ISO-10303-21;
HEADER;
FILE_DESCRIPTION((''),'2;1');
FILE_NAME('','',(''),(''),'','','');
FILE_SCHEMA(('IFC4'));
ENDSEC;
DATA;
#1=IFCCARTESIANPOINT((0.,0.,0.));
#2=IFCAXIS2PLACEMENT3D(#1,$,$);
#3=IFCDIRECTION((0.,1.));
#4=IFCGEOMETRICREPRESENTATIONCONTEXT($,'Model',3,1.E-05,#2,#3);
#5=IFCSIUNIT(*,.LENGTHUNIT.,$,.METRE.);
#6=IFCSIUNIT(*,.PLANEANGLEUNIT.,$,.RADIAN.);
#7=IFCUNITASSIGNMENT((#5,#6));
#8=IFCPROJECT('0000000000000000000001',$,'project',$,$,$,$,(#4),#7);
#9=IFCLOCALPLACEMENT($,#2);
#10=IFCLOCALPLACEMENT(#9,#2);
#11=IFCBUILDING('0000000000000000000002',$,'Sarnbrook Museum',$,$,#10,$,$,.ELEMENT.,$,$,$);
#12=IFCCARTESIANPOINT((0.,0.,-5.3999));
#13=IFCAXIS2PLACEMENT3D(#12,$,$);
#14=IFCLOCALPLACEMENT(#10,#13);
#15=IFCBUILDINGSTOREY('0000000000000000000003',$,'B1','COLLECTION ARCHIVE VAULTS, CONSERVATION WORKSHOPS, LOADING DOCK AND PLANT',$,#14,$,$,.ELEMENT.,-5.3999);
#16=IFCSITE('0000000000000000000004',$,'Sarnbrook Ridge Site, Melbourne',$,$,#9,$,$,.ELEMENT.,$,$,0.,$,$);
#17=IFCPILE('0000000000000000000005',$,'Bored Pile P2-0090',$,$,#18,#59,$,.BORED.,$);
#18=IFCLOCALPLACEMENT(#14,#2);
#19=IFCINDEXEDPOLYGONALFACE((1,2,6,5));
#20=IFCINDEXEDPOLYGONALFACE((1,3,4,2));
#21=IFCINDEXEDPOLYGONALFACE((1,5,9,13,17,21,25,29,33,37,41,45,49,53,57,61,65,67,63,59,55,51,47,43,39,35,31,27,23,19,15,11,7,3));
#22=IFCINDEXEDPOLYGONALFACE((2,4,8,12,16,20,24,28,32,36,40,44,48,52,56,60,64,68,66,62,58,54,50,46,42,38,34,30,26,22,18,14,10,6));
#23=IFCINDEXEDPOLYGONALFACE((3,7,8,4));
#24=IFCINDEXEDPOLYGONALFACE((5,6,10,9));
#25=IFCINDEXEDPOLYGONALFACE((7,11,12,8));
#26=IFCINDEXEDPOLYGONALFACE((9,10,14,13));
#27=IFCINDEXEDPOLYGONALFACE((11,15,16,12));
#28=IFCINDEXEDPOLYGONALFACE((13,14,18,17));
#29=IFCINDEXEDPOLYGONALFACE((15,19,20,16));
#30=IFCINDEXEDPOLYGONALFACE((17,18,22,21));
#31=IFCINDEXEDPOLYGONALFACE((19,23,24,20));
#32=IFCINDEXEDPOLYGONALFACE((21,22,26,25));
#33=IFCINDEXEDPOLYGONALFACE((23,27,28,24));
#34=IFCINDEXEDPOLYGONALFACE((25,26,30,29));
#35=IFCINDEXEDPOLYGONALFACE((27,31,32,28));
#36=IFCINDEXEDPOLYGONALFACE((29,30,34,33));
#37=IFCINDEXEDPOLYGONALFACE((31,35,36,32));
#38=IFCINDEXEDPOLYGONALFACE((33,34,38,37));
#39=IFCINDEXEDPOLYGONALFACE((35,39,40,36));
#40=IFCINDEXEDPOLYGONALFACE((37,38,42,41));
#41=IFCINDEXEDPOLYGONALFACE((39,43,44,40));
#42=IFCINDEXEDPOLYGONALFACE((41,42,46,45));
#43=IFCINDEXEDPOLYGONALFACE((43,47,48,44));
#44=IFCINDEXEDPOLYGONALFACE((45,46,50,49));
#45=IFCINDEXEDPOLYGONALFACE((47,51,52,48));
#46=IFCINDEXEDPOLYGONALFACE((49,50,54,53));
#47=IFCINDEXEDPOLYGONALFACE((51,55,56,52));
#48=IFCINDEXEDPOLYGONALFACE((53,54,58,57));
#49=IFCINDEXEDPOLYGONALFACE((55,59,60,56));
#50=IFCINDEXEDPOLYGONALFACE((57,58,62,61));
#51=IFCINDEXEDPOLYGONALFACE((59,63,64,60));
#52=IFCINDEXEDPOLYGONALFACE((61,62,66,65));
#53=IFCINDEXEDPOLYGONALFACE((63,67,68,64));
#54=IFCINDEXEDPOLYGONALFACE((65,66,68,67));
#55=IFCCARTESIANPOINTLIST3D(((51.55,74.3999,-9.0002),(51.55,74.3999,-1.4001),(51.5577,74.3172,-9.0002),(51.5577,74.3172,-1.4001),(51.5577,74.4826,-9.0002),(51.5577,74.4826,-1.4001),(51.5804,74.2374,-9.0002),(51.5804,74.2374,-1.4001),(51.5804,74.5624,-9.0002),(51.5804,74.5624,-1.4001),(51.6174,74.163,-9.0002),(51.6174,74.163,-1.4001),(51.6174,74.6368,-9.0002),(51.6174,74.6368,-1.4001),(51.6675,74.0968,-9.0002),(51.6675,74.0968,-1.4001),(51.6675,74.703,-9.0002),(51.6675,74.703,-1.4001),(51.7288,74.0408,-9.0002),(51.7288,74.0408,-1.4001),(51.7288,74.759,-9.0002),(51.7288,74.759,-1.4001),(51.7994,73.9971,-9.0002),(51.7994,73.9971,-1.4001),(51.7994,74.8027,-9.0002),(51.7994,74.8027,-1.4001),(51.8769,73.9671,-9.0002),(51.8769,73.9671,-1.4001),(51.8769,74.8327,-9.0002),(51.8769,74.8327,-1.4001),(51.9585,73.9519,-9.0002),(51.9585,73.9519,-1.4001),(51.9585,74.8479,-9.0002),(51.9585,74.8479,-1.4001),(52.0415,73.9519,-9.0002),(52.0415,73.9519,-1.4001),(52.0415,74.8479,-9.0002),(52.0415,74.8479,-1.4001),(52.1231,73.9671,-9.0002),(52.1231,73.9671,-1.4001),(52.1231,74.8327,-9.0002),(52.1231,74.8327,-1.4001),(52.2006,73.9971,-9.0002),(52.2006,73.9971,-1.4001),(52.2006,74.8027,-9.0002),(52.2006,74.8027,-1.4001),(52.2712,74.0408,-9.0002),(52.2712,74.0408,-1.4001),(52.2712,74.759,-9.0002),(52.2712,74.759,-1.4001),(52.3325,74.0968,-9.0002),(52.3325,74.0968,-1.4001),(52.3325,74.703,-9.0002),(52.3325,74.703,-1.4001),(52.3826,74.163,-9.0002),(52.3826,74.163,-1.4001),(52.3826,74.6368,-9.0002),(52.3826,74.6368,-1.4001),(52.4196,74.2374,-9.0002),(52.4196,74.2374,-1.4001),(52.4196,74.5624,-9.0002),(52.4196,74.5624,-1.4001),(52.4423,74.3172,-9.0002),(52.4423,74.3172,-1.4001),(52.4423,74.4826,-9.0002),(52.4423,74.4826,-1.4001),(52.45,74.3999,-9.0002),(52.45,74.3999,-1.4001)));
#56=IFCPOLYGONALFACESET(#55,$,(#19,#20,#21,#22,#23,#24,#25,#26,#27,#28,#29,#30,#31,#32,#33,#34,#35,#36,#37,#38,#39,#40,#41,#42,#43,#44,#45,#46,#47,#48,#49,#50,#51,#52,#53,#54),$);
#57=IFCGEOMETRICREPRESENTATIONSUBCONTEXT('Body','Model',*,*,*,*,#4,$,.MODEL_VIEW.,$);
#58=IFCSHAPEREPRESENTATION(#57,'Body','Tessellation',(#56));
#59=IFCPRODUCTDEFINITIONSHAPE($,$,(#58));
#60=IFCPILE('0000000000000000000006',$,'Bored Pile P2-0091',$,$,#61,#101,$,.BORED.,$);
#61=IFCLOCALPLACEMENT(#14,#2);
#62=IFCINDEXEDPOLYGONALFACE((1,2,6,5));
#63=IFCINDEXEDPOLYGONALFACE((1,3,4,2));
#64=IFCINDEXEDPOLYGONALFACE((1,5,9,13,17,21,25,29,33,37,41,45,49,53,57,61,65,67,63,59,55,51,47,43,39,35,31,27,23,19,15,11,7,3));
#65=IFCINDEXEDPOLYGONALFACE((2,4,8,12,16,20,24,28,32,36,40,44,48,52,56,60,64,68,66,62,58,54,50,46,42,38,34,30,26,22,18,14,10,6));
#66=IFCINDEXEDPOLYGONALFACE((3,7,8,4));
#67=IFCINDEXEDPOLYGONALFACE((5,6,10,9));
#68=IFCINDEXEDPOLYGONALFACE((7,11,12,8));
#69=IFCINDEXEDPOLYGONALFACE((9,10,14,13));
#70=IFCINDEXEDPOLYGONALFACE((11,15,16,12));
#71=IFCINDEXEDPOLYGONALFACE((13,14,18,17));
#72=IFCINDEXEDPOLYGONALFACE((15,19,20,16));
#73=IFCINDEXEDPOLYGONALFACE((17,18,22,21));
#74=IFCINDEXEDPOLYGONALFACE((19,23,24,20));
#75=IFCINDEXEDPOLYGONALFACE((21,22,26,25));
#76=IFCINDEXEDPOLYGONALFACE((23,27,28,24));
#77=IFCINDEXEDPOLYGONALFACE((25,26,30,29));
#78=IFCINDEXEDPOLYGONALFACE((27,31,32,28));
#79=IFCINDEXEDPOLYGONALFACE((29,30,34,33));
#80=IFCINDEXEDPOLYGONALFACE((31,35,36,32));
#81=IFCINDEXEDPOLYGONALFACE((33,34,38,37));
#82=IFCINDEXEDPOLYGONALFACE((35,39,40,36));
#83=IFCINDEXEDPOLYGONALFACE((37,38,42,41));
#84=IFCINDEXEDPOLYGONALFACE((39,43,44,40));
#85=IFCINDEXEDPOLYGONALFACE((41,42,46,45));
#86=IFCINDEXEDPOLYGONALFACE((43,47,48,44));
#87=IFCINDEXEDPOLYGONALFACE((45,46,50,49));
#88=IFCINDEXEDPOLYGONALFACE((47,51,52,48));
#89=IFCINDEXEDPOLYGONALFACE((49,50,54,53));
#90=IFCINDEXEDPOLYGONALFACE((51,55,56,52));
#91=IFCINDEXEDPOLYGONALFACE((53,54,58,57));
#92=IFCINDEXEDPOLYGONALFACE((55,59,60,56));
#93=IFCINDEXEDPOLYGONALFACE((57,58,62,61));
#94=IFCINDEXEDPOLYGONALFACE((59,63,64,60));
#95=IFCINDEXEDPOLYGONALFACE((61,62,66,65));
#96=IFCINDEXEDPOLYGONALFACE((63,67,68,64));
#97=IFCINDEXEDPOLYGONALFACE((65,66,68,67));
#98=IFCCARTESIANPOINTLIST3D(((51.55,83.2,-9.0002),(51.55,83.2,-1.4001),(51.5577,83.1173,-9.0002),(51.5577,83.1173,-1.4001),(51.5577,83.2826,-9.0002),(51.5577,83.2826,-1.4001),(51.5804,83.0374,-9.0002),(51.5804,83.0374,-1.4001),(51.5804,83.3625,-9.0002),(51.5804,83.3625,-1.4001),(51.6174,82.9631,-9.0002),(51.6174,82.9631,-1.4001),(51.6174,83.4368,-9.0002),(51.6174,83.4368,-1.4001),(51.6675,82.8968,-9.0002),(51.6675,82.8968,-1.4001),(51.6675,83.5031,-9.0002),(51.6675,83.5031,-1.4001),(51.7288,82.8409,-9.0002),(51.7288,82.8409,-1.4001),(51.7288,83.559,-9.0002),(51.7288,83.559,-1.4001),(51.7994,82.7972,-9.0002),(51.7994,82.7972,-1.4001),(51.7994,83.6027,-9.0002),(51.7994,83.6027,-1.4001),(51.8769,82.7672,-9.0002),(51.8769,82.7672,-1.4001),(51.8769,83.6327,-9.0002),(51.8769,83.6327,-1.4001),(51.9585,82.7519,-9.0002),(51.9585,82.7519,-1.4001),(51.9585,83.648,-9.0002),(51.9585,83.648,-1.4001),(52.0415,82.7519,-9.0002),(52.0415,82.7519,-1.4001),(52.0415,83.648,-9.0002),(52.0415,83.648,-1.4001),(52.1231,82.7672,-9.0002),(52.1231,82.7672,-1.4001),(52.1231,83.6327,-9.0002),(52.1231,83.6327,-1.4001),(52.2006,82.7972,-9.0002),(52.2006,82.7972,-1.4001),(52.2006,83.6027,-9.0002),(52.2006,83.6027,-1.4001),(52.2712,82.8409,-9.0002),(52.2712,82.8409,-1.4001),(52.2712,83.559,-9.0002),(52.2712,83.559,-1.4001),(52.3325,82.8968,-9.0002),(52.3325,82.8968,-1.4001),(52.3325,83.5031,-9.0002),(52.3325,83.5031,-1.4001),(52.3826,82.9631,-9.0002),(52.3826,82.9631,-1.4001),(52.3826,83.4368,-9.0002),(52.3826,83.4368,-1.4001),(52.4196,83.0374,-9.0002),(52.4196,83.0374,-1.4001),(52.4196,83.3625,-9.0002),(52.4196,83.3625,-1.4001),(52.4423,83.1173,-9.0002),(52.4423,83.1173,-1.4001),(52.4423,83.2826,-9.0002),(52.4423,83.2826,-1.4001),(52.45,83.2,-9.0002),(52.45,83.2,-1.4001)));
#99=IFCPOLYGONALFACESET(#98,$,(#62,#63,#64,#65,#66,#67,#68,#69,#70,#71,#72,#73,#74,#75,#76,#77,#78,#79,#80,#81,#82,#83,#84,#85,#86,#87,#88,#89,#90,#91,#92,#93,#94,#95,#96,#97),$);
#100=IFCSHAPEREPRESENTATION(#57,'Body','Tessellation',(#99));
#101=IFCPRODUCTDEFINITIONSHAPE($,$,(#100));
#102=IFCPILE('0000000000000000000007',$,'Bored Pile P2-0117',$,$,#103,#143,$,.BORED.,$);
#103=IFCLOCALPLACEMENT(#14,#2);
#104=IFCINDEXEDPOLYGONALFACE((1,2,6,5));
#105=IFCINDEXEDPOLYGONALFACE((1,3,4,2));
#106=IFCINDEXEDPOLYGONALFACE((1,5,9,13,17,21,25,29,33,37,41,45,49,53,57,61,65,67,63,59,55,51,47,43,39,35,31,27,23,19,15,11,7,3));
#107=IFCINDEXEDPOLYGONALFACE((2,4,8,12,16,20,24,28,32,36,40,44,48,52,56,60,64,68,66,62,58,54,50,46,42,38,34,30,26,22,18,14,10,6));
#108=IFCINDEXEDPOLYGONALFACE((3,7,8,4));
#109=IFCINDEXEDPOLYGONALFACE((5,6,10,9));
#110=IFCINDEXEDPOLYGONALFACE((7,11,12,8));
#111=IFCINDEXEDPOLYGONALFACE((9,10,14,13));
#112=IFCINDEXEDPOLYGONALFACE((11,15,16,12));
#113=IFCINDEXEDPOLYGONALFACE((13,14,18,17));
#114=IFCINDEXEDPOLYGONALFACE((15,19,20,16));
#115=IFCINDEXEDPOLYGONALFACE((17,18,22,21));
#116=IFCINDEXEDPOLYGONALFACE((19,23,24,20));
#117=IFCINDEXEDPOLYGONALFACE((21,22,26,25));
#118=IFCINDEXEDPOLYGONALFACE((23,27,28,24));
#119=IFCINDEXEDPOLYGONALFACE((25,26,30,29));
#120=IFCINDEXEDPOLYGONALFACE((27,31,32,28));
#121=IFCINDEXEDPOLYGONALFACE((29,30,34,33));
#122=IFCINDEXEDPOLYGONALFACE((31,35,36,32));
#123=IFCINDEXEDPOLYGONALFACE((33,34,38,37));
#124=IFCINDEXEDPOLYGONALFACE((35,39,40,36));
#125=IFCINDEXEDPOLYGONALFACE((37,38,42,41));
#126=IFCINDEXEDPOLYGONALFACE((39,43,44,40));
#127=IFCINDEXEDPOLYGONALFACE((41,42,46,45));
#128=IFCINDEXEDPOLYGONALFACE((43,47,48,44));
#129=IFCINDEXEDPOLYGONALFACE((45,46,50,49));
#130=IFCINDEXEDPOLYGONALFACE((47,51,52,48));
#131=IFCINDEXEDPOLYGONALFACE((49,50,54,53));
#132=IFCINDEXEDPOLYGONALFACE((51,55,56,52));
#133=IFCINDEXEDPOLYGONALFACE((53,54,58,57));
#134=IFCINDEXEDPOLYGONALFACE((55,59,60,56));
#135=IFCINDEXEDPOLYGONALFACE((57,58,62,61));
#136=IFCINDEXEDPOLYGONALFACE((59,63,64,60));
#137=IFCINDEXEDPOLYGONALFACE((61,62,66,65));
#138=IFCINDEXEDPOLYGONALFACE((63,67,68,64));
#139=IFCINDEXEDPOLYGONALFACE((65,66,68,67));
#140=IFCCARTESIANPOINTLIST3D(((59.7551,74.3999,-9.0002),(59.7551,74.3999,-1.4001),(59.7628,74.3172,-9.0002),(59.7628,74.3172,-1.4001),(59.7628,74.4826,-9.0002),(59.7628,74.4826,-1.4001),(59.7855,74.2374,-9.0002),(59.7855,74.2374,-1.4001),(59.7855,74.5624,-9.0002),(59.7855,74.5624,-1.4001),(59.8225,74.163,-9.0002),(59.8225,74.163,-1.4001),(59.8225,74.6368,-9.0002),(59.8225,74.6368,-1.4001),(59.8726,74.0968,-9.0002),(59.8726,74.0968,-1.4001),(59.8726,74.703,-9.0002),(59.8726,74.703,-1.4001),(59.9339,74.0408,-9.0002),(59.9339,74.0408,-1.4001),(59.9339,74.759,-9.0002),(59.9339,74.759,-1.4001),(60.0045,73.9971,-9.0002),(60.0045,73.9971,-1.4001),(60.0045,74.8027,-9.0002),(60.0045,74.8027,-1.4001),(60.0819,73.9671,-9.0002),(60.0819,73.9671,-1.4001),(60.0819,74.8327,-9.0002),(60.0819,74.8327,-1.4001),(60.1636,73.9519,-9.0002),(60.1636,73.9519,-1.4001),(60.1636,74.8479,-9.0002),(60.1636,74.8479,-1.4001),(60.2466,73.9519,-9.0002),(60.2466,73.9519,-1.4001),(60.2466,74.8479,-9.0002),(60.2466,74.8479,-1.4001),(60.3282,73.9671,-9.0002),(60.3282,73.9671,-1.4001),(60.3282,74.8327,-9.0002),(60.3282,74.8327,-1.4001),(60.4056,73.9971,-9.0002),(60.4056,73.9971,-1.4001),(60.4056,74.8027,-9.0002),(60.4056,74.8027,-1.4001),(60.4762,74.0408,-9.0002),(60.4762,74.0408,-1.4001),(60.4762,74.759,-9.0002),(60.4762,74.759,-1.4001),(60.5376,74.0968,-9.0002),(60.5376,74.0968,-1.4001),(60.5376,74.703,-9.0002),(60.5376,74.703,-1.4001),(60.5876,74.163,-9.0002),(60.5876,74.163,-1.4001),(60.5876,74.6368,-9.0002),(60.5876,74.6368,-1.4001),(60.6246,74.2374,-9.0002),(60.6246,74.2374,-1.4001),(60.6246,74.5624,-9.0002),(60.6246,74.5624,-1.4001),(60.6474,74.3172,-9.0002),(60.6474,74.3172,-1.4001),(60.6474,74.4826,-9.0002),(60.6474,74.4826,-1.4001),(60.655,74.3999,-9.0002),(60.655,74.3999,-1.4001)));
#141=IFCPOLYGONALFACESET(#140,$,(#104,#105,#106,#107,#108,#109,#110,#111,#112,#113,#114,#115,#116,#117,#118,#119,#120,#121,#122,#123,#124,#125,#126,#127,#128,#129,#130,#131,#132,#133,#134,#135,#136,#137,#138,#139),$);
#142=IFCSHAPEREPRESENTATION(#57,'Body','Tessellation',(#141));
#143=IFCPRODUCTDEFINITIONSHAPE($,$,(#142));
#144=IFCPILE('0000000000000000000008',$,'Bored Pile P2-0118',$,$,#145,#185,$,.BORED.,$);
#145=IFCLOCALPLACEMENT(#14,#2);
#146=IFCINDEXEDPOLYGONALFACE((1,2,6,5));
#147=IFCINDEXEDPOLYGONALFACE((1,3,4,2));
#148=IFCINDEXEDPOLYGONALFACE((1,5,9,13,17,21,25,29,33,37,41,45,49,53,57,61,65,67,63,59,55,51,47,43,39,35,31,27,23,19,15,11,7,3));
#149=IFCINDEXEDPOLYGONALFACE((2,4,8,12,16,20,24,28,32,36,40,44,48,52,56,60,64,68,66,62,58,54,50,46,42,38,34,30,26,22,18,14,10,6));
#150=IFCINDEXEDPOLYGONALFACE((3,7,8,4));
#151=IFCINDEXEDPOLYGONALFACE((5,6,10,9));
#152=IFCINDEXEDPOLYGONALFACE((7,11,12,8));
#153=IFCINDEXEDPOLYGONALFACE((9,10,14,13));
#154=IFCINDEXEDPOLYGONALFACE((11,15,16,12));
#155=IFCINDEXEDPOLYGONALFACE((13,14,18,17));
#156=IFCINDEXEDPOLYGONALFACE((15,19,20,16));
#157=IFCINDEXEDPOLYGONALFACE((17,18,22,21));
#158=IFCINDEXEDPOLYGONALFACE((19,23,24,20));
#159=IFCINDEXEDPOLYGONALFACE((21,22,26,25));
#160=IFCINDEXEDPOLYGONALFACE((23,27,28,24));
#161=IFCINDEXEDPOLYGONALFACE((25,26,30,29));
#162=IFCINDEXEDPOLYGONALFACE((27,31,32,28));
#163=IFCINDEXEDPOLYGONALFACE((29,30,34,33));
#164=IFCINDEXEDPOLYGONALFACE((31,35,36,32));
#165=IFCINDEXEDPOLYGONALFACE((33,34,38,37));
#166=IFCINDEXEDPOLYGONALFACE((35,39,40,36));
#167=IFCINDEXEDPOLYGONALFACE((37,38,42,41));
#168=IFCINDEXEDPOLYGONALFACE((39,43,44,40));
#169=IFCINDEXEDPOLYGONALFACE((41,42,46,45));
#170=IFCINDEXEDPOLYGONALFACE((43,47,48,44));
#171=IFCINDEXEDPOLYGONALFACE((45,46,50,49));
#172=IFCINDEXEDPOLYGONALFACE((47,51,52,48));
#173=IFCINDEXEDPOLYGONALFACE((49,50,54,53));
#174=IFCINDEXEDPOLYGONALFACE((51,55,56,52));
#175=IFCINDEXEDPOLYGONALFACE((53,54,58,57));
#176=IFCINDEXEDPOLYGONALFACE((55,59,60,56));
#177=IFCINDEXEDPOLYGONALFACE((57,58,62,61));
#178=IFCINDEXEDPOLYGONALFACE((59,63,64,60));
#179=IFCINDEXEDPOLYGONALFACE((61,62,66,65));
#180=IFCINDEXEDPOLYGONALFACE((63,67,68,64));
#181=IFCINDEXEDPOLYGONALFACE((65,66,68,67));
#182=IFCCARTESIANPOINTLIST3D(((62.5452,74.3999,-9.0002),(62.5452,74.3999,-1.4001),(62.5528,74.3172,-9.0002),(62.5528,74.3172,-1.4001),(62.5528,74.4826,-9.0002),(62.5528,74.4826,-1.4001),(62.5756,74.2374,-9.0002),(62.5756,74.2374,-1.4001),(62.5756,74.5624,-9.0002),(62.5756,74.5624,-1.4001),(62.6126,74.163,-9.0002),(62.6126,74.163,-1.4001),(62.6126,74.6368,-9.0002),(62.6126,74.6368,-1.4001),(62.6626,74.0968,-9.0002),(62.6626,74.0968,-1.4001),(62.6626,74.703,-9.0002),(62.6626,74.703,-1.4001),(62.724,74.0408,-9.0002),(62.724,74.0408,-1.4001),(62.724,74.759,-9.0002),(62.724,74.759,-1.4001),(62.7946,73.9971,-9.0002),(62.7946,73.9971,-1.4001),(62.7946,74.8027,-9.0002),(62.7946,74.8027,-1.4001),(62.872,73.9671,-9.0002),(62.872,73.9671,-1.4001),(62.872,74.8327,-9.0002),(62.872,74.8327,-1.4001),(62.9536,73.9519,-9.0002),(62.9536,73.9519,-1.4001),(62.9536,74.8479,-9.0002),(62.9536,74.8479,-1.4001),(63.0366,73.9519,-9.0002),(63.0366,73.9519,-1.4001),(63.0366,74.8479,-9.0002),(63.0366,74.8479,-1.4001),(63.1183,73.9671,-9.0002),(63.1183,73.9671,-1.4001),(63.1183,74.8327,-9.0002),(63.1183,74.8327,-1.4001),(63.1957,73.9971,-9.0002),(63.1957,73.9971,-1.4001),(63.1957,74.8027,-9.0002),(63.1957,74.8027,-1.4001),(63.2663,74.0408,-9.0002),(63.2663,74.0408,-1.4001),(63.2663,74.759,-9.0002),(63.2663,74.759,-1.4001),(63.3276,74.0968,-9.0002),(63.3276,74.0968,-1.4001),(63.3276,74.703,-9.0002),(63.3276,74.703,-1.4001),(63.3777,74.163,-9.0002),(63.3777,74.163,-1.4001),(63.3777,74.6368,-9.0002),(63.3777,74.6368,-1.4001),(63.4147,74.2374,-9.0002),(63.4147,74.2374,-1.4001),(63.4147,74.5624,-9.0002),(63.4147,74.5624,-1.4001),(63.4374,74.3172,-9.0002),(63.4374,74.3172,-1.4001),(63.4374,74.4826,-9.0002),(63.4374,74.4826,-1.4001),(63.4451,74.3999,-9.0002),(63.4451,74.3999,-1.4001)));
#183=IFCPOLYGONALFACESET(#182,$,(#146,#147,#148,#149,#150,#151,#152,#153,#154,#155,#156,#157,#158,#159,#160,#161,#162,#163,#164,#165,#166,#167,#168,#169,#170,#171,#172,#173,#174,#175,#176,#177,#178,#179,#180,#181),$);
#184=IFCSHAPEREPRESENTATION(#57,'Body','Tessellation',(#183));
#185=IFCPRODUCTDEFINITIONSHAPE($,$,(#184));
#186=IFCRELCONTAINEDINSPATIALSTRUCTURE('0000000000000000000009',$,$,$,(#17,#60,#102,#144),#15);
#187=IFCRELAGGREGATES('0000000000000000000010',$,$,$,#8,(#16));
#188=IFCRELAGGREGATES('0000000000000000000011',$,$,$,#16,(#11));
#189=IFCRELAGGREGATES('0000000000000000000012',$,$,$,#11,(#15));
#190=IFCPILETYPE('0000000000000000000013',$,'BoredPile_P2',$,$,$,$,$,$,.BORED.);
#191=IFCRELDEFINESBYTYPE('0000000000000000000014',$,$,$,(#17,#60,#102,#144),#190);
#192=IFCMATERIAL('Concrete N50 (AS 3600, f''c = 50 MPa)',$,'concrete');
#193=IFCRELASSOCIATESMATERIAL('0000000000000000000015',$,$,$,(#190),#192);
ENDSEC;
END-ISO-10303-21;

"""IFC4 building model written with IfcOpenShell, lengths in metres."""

from ifc_helpers import new_model, si_unit, direction, frame, origin, origin_2d, place, context, subcontext, project, spatial, circle, extrude, material, material_profile, profile_set, type_object, element, save


model = new_model("IFC4")

# Units and contexts
model_context = context("Model", 3, precision=1e-05, world=origin(), true_north=direction((0.0, 1.0)))
body_context = subcontext(model_context, "Body", "Model", "MODEL_VIEW")
ifc_project = project(units=[si_unit("LENGTHUNIT", "METRE"), si_unit("PLANEANGLEUNIT", "RADIAN")], contexts=[model_context])

# Site, building, storey
site_placement = place(None, origin())
site = spatial("IfcSite", under=ifc_project, at=site_placement, Name="Sarnbrook Ridge Site, Melbourne", CompositionType="ELEMENT", RefElevation=0.0)
building_placement = place(site_placement, origin())
building = spatial("IfcBuilding", under=site, at=building_placement, Name="Sarnbrook Museum", CompositionType="ELEMENT")
storey_placement = place(building_placement, frame((0.0, 0.0, -5.3999)))
storey = spatial("IfcBuildingStorey", under=building, at=storey_placement, Name="B1", Description="COLLECTION ARCHIVE VAULTS, CONSERVATION WORKSHOPS, LOADING DOCK AND PLANT", CompositionType="ELEMENT", Elevation=-5.3999)

# Piles
ifc_material_1 = material(Name="Concrete N50 (AS 3600, f'c = 50 MPa)", Category="concrete")
ifc_material_profile_1 = material_profile(ifc_material_1, circle(Radius=0.45, at=origin_2d()), Name="BORED PILE D900")
ifc_profile_set_1 = profile_set([ifc_material_profile_1], Name="Concrete N50 (AS 3600, f'c = 50 MPa)")
pile_type = type_object("IfcPileType", Name="BoredPile_P2", PredefinedType="BORED", material=ifc_profile_set_1)
for number, where, z_axis, x_axis, name in (
    (1, (52.0, 74.3999, -1.4001), (0.0, 0.0, -1.0), (1.0, 0.0, 0.0), "Bored Pile P2-0090"),
    (2, (52.0, 83.2, -1.4001), (0.0, 0.0, -1.0), (1.0, 0.0, 0.0), "Bored Pile P2-0091"),
    (3, (60.2051, 74.3999, -1.4001), (0.0, 0.0, -1.0), (1.0, 0.0, 0.0), "Bored Pile P2-0117"),
    (4, (62.9951, 74.3999, -1.4001), (0.0, 0.0, -1.0), (1.0, 0.0, 0.0), "Bored Pile P2-0118"),
):
    element("IfcPile", number, at=place(storey_placement, frame(where, z_axis=z_axis, x_axis=x_axis)), inside=storey, type_object=pile_type, Name=name, PredefinedType="BORED", context=body_context, shape_type="SweptSolid", body=[
        extrude(circle(Radius=0.45, at=origin_2d()), origin(), (0.0, 0.0, 1.0), 7.6001),
    ])

save(model, "model.ifc")
